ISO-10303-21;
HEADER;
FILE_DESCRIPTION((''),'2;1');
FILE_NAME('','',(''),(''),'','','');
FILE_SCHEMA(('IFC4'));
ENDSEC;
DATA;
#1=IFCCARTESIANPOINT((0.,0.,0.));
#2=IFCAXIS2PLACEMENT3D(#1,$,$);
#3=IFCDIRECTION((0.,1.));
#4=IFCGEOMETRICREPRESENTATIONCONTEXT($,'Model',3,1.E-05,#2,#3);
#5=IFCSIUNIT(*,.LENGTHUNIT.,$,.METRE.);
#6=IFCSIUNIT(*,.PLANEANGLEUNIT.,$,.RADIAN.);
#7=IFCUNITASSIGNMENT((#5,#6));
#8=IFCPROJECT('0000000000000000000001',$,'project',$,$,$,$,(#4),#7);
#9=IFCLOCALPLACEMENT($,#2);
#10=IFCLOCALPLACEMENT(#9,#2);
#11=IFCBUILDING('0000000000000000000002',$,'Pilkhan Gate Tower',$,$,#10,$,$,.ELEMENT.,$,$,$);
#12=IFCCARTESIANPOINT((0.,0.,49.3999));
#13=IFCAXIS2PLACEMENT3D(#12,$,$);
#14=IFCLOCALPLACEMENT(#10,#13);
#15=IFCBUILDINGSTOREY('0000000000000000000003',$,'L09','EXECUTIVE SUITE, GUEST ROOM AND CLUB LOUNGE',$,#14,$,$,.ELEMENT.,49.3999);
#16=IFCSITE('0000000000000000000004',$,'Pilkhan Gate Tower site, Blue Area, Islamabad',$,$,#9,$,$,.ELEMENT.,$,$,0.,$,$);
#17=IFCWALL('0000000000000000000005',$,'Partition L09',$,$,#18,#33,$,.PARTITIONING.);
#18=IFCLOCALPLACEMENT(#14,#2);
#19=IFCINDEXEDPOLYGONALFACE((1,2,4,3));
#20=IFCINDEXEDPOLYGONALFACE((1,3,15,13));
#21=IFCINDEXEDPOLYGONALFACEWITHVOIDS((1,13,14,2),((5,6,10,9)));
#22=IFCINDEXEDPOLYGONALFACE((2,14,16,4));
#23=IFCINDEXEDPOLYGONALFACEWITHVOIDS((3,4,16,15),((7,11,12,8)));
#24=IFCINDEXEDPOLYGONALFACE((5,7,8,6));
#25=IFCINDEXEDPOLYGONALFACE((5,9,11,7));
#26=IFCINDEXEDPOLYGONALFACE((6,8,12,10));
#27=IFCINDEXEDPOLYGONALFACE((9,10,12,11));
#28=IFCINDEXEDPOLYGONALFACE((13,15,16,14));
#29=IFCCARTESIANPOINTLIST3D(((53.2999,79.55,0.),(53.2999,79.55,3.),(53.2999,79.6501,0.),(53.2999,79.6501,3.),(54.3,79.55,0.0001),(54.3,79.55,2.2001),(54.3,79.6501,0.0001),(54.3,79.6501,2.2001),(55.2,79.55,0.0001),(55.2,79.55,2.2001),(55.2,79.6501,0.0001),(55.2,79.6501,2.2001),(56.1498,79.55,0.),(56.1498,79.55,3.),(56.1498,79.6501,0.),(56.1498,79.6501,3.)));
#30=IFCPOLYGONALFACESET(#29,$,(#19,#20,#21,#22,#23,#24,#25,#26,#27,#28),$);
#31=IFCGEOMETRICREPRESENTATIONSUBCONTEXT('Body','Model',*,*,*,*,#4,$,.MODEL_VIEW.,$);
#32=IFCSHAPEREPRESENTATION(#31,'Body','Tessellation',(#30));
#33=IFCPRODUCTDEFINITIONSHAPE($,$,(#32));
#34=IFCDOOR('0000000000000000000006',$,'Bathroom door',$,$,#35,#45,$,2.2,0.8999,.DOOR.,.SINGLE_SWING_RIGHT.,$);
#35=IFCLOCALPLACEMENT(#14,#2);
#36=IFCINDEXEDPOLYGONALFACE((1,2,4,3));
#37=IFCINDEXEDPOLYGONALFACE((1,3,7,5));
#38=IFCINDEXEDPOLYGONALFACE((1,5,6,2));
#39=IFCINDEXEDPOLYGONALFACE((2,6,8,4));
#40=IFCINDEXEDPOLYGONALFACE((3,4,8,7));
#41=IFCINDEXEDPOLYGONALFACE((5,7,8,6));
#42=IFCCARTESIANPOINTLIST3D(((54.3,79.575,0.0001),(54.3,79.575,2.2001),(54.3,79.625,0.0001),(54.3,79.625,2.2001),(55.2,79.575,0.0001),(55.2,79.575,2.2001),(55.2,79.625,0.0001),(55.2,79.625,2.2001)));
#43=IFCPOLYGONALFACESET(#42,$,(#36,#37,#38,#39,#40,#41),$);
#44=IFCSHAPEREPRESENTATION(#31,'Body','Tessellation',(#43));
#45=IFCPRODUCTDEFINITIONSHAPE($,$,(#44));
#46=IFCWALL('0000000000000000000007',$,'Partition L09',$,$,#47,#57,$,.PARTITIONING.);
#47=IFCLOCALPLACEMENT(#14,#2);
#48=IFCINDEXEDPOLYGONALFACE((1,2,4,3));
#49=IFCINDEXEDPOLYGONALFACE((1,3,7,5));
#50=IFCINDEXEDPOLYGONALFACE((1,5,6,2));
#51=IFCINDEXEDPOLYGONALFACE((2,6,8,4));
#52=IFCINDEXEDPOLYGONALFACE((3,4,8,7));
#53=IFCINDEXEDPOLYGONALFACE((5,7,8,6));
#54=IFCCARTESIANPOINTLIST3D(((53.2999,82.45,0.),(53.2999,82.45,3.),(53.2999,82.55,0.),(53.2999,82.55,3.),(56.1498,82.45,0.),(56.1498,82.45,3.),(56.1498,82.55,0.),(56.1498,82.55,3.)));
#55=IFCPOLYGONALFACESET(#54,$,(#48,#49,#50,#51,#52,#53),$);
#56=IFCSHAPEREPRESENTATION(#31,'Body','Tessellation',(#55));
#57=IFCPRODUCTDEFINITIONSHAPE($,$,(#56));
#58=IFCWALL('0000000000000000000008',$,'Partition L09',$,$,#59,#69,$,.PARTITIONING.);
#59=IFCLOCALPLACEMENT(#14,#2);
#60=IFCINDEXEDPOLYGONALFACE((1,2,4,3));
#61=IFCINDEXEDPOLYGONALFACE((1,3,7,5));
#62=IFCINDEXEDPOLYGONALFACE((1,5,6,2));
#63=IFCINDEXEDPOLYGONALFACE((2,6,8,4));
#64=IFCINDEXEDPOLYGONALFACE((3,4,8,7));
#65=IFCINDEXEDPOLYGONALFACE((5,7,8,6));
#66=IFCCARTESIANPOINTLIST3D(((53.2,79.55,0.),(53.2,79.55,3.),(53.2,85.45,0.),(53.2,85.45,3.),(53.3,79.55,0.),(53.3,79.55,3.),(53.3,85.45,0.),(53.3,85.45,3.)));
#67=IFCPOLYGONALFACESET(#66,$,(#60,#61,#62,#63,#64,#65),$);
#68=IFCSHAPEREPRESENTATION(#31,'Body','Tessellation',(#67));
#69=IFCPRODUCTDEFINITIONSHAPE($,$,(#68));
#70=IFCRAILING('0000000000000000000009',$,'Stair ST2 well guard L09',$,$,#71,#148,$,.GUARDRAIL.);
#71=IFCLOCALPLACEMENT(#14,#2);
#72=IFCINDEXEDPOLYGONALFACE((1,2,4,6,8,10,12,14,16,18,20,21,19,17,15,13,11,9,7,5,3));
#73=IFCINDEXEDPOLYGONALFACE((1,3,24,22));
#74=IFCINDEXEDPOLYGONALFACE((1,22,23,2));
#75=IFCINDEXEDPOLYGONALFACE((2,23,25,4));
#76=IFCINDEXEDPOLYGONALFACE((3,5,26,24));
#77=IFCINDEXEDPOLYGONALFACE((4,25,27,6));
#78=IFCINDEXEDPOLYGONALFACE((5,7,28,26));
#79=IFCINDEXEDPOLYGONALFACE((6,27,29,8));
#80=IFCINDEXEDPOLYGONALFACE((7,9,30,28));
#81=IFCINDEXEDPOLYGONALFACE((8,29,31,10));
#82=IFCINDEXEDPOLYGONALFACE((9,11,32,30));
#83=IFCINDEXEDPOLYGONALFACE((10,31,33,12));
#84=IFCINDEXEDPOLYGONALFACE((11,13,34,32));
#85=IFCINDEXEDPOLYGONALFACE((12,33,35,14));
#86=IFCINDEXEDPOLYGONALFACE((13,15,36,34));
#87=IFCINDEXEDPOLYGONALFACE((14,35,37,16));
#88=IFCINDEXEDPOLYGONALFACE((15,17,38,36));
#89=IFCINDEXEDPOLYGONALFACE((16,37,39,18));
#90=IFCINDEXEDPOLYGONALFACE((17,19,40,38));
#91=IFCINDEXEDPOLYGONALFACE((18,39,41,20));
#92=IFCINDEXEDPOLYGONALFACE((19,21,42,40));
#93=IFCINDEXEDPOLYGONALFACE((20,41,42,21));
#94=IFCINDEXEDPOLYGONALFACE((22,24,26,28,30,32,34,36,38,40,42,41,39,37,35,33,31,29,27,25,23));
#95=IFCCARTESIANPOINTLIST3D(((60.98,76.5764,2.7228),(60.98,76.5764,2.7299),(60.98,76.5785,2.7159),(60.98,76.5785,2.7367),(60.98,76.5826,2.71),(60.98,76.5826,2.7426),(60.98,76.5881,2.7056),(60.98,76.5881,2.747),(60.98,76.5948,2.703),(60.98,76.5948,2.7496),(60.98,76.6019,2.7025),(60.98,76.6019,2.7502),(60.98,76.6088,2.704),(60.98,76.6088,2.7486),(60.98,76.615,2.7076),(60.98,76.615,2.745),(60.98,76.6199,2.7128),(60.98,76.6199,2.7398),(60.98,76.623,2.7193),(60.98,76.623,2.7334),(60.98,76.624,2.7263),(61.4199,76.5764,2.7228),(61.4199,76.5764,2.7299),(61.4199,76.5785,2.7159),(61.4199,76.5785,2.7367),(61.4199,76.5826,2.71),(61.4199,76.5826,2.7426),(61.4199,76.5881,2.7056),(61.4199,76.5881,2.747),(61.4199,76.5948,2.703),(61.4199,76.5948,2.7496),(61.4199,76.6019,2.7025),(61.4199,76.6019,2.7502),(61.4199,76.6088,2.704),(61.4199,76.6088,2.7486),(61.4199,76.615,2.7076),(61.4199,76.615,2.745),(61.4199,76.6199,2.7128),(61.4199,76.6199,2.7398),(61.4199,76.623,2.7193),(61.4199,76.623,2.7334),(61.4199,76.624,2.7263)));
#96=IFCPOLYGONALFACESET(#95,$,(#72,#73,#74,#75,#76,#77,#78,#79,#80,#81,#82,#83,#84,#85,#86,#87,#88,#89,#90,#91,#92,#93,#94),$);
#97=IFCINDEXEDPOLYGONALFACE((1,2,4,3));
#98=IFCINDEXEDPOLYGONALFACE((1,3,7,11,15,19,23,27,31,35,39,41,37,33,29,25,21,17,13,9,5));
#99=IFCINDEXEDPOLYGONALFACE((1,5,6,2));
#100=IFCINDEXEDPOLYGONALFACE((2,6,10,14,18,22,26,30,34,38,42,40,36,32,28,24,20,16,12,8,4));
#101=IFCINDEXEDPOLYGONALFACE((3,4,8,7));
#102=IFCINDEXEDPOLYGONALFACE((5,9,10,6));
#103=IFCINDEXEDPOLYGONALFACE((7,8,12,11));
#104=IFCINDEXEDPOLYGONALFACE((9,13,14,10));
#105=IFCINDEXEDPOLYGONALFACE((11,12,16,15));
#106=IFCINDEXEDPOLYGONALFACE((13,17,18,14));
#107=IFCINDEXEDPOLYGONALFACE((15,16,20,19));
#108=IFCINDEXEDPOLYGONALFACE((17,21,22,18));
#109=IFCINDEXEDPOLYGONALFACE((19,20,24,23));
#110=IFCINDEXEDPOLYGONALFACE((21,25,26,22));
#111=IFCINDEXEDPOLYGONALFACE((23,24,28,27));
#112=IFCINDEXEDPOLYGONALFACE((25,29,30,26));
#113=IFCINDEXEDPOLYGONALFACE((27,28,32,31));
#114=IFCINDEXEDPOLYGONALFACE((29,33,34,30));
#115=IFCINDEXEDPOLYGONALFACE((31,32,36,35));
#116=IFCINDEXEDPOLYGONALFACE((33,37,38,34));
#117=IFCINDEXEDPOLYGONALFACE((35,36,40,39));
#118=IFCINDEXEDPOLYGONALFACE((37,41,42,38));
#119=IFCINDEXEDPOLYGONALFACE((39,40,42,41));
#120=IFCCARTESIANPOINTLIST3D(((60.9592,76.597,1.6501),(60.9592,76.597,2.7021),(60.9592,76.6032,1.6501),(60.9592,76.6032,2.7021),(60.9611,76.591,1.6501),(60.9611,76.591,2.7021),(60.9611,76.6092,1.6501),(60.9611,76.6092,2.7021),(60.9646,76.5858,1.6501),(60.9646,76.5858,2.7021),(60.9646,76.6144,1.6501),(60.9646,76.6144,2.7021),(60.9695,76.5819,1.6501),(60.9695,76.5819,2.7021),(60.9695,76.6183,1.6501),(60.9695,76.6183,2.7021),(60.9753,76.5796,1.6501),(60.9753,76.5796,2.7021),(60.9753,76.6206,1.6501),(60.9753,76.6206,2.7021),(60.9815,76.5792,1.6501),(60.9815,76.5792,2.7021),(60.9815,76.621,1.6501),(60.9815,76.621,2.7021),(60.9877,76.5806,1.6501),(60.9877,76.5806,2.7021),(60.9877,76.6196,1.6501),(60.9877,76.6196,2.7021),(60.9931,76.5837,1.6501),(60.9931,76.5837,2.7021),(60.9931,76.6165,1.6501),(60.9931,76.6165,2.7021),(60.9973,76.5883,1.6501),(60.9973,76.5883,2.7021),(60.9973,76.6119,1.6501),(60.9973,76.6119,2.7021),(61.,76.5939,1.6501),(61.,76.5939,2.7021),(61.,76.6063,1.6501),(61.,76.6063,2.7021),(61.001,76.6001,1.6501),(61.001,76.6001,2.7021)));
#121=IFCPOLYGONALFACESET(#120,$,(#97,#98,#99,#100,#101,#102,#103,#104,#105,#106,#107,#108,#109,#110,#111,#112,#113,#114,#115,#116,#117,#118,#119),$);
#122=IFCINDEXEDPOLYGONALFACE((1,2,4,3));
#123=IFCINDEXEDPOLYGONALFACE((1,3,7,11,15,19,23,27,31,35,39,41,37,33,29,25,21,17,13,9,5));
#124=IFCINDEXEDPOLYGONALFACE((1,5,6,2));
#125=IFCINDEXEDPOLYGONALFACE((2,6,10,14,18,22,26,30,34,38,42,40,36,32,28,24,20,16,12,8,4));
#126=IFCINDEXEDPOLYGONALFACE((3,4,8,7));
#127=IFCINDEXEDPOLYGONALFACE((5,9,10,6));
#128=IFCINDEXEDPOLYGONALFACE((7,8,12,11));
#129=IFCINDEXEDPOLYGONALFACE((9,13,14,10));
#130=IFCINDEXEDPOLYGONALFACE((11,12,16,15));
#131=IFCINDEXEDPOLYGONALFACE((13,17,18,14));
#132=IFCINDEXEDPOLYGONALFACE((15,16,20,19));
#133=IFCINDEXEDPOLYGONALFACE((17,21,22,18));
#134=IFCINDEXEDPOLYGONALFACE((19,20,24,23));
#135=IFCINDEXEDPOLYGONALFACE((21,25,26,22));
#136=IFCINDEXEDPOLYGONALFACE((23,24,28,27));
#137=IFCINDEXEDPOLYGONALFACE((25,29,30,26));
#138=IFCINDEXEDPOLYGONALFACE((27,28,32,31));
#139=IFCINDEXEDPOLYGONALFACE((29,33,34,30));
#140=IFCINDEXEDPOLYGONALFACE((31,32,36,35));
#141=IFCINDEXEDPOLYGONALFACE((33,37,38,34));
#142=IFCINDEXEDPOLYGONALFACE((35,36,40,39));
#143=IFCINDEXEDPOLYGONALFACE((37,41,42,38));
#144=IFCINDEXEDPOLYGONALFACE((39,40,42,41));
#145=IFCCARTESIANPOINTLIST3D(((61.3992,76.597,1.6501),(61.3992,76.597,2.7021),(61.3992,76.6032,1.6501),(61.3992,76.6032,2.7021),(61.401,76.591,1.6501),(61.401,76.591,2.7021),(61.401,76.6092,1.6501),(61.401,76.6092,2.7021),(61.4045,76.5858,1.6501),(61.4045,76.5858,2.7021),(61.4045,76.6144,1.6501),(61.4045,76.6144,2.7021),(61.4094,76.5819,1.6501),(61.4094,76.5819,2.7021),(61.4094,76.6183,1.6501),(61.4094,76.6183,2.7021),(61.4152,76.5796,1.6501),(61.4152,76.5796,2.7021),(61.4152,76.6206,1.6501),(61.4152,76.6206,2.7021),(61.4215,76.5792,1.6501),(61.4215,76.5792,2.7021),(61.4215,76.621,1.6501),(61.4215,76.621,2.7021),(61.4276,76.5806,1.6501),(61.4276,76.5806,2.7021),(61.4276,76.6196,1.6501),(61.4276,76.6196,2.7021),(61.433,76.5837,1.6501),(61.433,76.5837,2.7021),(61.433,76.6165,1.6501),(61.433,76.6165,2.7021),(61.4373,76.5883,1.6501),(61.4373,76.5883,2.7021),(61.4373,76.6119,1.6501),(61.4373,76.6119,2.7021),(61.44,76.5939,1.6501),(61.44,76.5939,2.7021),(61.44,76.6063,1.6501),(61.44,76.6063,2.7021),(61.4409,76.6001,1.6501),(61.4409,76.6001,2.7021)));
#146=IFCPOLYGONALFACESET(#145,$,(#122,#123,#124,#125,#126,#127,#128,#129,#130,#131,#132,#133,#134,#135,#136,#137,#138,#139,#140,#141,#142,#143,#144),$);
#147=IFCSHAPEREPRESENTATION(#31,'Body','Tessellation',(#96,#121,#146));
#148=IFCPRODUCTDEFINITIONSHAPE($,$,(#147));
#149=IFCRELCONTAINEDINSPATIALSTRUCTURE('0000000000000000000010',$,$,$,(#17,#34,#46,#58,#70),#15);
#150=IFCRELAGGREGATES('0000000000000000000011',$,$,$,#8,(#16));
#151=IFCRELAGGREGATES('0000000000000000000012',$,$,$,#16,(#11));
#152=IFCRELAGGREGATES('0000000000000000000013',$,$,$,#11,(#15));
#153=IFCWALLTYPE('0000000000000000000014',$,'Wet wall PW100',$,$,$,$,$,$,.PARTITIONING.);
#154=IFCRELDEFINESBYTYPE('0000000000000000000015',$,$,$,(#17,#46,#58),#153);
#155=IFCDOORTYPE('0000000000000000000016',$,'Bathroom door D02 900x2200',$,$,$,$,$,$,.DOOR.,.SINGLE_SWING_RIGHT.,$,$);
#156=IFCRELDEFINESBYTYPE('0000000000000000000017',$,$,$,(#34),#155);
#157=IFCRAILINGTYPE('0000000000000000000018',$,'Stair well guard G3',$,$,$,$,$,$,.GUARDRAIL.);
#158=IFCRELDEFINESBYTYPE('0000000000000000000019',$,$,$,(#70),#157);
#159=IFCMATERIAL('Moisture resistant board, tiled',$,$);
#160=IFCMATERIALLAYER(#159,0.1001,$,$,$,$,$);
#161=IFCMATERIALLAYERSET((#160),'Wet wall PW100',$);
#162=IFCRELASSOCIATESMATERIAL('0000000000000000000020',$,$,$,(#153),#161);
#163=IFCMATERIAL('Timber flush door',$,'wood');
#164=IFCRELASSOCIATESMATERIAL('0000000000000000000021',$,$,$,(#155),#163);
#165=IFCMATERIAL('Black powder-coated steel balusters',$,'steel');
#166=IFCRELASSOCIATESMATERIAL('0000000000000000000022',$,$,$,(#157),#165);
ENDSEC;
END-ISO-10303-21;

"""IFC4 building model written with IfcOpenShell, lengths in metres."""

from ifc_helpers import new_model, si_unit, direction, frame, frame_2d, origin, origin_2d, place, context, subcontext, project, spatial, rectangle, circle, extrude, material, layer, layer_set, type_object, element, fill, save


model = new_model("IFC4")

# Units and contexts
model_context = context("Model", 3, precision=1e-05, world=origin(), true_north=direction((0.0, 1.0)))
body_context = subcontext(model_context, "Body", "Model", "MODEL_VIEW")
ifc_project = project(units=[si_unit("LENGTHUNIT", "METRE"), si_unit("PLANEANGLEUNIT", "RADIAN")], contexts=[model_context])

# Site, building, storey
site_placement = place(None, origin())
site = spatial("IfcSite", under=ifc_project, at=site_placement, Name="Pilkhan Gate Tower site, Blue Area, Islamabad", CompositionType="ELEMENT", RefElevation=0.0)
building_placement = place(site_placement, origin())
building = spatial("IfcBuilding", under=site, at=building_placement, Name="Pilkhan Gate Tower", CompositionType="ELEMENT")
storey_placement = place(building_placement, frame((0.0, 0.0, 49.3999)))
storey = spatial("IfcBuildingStorey", under=building, at=storey_placement, Name="L09", Description="EXECUTIVE SUITE, GUEST ROOM AND CLUB LOUNGE", CompositionType="ELEMENT", Elevation=49.3999)

# Wall, opening, door
ifc_material_1 = material(Name="Moisture resistant board, tiled")
ifc_layer_1 = layer(ifc_material_1, 0.1001)
ifc_layer_set_1 = layer_set([ifc_layer_1], Name="Wet wall PW100")
wall_type_1 = type_object("IfcWallType", Name="Wet wall PW100", PredefinedType="PARTITIONING", material=ifc_layer_set_1)
ifc_material_2 = material(Name="Timber flush door", Category="wood")
door_type = type_object("IfcDoorType", Name="Bathroom door D02 900x2200", OperationType="SINGLE_SWING_RIGHT", PredefinedType="DOOR", material=ifc_material_2)
wall_1_placement = place(storey_placement, frame((53.3, 79.6001, 0.0), z_axis=(0.0, 0.0, 1.0), x_axis=(1.0, 0.0, 0.0)))
wall_1 = element("IfcWall", 1, at=wall_1_placement, inside=storey, type_object=wall_type_1, Name="Partition L09", PredefinedType="PARTITIONING", context=body_context, shape_type="SweptSolid", body=[
    extrude(rectangle(XDim=2.8499, YDim=0.1001, at=frame_2d((1.4248, 0.0))), origin(), (0.0, 0.0, 1.0), 3.0),
])
opening_1_placement = place(wall_1_placement, frame((1.0, 0.0, 0.0)))
opening_1 = element("IfcOpeningElement", 2, at=opening_1_placement, cuts=wall_1, PredefinedType="OPENING", context=body_context, shape_type="SweptSolid", body=[
    extrude(rectangle(XDim=0.8999, YDim=2.2, at=frame_2d((0.45, 1.1001))), frame((0.0, 0.0601, 0.0), z_axis=(0.0, -1.0, 0.0), x_axis=(1.0, 0.0, 0.0)), (0.0, 0.0, 1.0), 0.1201),
])
door_1_placement = place(opening_1_placement, origin())
door_1 = element("IfcDoor", 3, at=door_1_placement, inside=storey, type_object=door_type, Name="Bathroom door", OperationType="SINGLE_SWING_RIGHT", OverallHeight=2.2, OverallWidth=0.8999, PredefinedType="DOOR", context=body_context, shape_type="SweptSolid", body=[
    extrude(rectangle(XDim=0.8999, YDim=2.2, at=frame_2d((0.45, 1.1001))), frame((0.0, 0.0249, 0.0), z_axis=(0.0, -1.0, 0.0), x_axis=(1.0, 0.0, 0.0)), (0.0, 0.0, 1.0), 0.05),
])
fill(opening_1, door_1)

# Walls
wall_2_placement = place(storey_placement, frame((53.3, 82.5, 0.0), z_axis=(0.0, 0.0, 1.0), x_axis=(1.0, 0.0, 0.0)))
element("IfcWall", 4, at=wall_2_placement, inside=storey, type_object=wall_type_1, Name="Partition L09", PredefinedType="PARTITIONING", context=body_context, shape_type="SweptSolid", body=[
    extrude(rectangle(XDim=2.8499, YDim=0.1001, at=frame_2d((1.4248, 0.0))), origin(), (0.0, 0.0, 1.0), 3.0),
])
wall_3_placement = place(storey_placement, frame((53.25, 79.55, 0.0), z_axis=(0.0, 0.0, 1.0), x_axis=(0.0, 1.0, 0.0)))
element("IfcWall", 5, at=wall_3_placement, inside=storey, type_object=wall_type_1, Name="Partition L09", PredefinedType="PARTITIONING", context=body_context, shape_type="SweptSolid", body=[
    extrude(rectangle(XDim=5.8999, YDim=0.1001, at=frame_2d((2.95, 0.0))), origin(), (0.0, 0.0, 1.0), 3.0),
])

# Railing
ifc_material_3 = material(Name="Black powder-coated steel balusters", Category="steel")
railing_type_1 = type_object("IfcRailingType", Name="Stair well guard G3", PredefinedType="GUARDRAIL", material=ifc_material_3)
railing_1_placement = place(storey_placement, frame((60.98, 76.6001, 1.6501)))
element("IfcRailing", 6, at=railing_1_placement, inside=storey, type_object=railing_type_1, Name="Stair ST2 well guard L09", PredefinedType="GUARDRAIL", context=body_context, shape_type="SweptSolid", body=[
    extrude(circle(Radius=0.0239, at=origin_2d()), frame((0.0, 0.0, 1.0762), z_axis=(1.0, 0.0, 0.0), x_axis=(0.0, 1.0, 0.0)), (0.0, 0.0, 1.0), 0.4399),
    extrude(circle(Radius=0.021, at=origin_2d()), origin(), (0.0, 0.0, 1.0), 1.052),
    extrude(circle(Radius=0.021, at=origin_2d()), frame((0.4399, 0.0, 0.0)), (0.0, 0.0, 1.0), 1.052),
])

save(model, "model.ifc")
